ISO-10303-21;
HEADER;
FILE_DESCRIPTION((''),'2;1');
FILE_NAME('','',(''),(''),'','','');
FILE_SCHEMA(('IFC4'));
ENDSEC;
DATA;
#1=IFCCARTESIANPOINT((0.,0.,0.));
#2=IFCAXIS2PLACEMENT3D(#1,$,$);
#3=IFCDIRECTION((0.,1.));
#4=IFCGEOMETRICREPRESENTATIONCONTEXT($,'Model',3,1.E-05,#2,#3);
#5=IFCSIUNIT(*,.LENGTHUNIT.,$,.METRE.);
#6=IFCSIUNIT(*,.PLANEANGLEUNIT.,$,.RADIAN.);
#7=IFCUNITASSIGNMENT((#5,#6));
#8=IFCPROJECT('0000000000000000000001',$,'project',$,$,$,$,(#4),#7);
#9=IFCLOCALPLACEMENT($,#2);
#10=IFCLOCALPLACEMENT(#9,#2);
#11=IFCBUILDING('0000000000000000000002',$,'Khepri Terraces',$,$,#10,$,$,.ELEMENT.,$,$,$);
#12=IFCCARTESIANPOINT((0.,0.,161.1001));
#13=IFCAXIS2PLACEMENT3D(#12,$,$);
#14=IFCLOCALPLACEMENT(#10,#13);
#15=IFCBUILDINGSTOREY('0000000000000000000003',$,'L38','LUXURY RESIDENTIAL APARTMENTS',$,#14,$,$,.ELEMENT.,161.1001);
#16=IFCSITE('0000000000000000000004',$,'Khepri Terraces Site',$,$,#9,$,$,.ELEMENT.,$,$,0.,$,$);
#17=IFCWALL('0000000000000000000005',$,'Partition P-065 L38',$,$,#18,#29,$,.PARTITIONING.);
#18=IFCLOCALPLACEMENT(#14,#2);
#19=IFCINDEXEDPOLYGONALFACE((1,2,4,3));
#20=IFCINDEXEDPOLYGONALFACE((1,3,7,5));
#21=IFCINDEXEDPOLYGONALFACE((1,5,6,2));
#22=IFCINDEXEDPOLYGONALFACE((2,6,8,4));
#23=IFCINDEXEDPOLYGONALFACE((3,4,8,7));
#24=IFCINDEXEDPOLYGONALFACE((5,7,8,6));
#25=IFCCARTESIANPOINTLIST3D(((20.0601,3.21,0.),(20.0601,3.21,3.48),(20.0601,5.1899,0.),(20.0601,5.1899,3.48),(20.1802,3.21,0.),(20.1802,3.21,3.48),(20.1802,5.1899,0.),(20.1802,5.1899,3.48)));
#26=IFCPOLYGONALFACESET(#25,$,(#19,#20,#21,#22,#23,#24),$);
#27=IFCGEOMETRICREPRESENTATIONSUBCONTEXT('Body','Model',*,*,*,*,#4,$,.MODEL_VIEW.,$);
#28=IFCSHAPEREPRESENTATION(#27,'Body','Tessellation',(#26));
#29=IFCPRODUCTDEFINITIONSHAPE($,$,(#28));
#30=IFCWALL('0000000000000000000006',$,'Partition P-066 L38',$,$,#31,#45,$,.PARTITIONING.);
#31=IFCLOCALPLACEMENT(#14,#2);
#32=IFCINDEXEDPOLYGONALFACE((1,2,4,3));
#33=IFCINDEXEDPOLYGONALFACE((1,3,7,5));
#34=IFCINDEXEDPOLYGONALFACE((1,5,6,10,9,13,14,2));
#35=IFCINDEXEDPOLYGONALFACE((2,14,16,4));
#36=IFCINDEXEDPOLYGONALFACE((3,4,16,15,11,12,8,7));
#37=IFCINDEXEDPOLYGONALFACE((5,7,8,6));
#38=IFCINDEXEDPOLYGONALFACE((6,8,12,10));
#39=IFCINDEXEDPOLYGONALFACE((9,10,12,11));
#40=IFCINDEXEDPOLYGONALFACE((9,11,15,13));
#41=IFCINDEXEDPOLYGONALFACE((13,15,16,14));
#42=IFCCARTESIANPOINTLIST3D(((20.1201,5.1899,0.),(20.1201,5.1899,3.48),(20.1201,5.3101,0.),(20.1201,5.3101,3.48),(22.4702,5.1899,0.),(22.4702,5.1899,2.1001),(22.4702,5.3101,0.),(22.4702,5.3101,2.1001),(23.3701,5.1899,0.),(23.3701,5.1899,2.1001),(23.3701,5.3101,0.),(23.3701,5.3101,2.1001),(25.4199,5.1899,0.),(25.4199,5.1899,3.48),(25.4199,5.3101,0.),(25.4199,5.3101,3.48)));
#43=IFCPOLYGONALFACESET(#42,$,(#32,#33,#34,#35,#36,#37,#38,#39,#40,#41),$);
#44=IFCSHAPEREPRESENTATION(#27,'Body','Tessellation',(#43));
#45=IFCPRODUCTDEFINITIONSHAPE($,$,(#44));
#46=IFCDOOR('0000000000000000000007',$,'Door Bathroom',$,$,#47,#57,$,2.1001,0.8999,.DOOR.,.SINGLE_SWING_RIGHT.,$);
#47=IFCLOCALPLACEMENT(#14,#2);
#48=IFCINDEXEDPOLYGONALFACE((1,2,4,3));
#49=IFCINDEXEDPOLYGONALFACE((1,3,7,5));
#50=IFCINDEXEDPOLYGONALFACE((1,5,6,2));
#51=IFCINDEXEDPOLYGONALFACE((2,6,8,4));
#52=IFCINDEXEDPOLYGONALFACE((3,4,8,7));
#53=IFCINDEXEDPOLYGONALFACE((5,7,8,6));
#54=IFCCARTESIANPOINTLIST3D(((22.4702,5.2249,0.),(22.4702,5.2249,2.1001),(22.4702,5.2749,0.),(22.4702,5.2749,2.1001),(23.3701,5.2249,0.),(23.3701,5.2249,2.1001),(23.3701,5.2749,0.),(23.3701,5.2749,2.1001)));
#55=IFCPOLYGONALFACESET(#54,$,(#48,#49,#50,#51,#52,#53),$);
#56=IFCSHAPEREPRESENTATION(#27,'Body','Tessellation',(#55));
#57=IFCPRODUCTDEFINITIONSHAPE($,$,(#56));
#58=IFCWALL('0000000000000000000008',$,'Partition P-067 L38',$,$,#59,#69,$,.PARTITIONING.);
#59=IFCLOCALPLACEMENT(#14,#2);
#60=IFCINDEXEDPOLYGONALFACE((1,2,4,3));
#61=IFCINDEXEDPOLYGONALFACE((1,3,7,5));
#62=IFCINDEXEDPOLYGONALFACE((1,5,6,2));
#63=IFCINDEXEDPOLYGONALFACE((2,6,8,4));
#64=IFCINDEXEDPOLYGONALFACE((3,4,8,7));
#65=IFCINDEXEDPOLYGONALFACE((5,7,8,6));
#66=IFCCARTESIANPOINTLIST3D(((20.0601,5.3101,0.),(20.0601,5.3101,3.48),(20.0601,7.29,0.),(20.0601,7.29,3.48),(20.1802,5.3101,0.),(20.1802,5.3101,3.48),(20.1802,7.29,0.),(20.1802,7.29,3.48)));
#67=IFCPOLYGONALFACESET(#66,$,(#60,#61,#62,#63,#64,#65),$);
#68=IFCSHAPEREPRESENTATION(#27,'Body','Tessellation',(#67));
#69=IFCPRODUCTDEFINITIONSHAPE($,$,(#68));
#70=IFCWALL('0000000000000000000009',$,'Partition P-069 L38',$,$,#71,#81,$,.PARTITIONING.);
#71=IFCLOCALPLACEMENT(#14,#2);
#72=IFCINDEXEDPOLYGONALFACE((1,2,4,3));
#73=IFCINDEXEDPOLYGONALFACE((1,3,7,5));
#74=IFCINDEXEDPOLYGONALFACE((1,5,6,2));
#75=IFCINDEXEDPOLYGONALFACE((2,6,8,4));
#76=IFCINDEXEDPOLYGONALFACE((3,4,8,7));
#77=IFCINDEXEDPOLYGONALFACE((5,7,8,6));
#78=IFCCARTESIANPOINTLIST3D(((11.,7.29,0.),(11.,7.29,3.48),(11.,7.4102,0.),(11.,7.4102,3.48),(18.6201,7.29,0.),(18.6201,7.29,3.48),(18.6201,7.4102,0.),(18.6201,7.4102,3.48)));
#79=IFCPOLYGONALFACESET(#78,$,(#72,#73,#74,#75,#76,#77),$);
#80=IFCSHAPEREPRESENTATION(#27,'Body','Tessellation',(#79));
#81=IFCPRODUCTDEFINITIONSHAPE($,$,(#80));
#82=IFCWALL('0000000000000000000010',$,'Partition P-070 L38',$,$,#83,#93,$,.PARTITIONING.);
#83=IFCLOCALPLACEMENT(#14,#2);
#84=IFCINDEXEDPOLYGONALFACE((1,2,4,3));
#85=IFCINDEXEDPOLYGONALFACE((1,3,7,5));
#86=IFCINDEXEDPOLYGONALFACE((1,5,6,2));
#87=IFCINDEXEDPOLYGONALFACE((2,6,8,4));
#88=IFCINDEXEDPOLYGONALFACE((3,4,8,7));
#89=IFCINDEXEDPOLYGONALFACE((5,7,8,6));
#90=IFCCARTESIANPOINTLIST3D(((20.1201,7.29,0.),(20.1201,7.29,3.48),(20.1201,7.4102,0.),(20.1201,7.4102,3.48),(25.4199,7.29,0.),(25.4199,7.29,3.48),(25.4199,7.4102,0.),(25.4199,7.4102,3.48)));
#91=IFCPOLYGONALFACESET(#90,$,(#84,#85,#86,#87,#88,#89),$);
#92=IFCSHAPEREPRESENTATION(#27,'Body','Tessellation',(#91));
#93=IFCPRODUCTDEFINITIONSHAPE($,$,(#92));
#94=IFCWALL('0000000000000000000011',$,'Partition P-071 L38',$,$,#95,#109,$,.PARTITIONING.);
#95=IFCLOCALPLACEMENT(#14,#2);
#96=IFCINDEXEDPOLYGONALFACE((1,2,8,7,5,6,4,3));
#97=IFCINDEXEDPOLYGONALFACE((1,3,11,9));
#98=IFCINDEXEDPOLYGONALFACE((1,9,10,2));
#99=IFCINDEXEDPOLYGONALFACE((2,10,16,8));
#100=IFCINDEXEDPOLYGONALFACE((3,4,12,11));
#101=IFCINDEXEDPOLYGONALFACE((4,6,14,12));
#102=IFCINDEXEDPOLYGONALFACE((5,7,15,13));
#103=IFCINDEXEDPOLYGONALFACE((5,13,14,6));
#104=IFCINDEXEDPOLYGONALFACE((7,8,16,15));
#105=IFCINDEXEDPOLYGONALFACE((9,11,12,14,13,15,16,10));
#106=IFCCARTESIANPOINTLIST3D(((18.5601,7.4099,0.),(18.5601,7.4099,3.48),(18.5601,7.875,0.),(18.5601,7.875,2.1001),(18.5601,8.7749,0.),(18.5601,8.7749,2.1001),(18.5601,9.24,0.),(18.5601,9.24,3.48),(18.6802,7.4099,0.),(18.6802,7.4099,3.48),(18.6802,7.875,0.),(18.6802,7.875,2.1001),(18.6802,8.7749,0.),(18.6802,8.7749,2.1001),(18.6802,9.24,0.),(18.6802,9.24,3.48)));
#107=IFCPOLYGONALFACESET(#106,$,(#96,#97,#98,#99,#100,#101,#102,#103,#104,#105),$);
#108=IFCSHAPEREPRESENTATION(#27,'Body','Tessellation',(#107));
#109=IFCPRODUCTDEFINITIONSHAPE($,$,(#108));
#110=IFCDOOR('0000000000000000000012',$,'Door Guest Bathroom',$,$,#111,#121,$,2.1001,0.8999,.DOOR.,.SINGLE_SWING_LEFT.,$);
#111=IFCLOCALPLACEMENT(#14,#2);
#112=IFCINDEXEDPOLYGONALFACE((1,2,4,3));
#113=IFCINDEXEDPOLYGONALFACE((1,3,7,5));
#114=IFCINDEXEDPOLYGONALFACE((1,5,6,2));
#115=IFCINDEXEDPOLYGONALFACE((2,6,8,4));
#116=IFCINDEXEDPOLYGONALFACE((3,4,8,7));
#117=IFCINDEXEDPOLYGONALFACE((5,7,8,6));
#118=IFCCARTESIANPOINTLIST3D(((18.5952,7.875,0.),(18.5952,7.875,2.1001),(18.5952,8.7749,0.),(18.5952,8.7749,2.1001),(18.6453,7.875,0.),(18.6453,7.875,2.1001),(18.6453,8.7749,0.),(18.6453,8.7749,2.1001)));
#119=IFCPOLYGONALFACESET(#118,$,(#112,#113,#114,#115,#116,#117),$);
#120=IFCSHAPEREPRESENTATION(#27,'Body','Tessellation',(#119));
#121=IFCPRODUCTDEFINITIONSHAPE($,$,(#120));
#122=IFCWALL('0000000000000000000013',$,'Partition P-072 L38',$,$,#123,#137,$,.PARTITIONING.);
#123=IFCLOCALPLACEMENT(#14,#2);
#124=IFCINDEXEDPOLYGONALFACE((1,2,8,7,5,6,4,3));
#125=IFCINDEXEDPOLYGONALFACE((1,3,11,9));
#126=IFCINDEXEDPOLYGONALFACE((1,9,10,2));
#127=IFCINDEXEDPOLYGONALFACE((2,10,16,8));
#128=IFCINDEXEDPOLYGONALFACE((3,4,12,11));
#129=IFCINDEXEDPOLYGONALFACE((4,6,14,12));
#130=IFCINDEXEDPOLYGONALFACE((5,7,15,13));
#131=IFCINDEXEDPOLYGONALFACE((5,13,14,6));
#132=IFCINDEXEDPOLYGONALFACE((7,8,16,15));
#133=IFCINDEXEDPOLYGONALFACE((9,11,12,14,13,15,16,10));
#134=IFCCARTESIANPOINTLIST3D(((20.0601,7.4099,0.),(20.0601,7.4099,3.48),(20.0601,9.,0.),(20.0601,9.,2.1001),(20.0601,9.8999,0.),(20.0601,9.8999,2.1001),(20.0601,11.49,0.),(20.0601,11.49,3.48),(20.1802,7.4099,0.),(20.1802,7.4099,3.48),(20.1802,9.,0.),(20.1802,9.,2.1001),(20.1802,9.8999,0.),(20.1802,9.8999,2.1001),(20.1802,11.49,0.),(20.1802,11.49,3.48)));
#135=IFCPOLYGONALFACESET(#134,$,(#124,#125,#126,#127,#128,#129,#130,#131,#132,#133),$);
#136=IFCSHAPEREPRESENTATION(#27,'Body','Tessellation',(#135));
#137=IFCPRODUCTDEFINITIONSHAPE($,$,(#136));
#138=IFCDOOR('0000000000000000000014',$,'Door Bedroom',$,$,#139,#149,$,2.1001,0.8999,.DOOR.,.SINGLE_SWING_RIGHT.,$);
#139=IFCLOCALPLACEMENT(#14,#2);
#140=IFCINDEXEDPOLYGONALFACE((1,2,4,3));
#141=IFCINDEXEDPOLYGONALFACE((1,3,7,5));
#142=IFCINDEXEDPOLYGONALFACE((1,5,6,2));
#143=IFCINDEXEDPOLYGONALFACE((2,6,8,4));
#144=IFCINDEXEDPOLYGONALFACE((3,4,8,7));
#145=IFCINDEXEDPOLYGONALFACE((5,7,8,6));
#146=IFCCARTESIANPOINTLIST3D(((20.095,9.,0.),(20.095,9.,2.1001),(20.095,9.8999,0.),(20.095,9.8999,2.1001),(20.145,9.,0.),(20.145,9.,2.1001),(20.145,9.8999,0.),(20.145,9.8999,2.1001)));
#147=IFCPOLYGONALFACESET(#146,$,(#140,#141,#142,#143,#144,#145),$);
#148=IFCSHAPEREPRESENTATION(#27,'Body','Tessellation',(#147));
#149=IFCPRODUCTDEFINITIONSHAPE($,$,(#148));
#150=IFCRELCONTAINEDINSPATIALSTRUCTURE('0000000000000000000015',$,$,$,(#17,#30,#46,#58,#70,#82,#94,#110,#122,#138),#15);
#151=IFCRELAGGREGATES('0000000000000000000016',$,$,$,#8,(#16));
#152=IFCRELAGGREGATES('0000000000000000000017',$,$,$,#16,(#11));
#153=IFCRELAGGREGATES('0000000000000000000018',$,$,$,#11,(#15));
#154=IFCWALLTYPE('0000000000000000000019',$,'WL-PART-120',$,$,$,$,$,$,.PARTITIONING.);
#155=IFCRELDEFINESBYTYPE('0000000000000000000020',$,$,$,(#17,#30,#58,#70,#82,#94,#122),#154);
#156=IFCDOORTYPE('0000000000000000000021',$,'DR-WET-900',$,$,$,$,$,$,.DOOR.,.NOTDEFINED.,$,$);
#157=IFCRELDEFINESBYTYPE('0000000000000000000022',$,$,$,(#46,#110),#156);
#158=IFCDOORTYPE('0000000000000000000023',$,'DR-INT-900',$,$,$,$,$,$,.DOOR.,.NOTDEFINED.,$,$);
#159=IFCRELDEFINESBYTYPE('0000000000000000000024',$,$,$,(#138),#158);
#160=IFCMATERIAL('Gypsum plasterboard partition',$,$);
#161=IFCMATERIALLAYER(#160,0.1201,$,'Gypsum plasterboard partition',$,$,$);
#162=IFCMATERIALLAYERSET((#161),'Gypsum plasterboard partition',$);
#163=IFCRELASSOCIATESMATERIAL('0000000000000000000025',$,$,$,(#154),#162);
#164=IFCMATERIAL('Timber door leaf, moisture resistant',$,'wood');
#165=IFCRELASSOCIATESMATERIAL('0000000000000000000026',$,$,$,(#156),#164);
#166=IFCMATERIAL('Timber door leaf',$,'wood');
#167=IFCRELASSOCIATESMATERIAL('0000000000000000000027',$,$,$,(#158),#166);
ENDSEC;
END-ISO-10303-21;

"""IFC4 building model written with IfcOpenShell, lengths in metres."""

from ifc_helpers import new_model, si_unit, direction, frame, frame_2d, origin, place, context, subcontext, project, spatial, rectangle, extrude, material, layer, layer_set, type_object, element, fill, save


model = new_model("IFC4")

# Units and contexts
model_context = context("Model", 3, precision=1e-05, world=origin(), true_north=direction((0.0, 1.0)))
body_context = subcontext(model_context, "Body", "Model", "MODEL_VIEW")
ifc_project = project(units=[si_unit("LENGTHUNIT", "METRE"), si_unit("PLANEANGLEUNIT", "RADIAN")], contexts=[model_context])

# Site, building, storey
site_placement = place(None, origin())
site = spatial("IfcSite", under=ifc_project, at=site_placement, Name="Khepri Terraces Site", CompositionType="ELEMENT", RefElevation=0.0)
building_placement = place(site_placement, origin())
building = spatial("IfcBuilding", under=site, at=building_placement, Name="Khepri Terraces", CompositionType="ELEMENT")
storey_placement = place(building_placement, frame((0.0, 0.0, 161.1001)))
storey = spatial("IfcBuildingStorey", under=building, at=storey_placement, Name="L38", Description="LUXURY RESIDENTIAL APARTMENTS", CompositionType="ELEMENT", Elevation=161.1001)

# Shared definitions
ifc_material_1 = material(Name="Gypsum plasterboard partition")
ifc_layer_1 = layer(ifc_material_1, 0.1201, Name="Gypsum plasterboard partition")
ifc_layer_set_1 = layer_set([ifc_layer_1], Name="Gypsum plasterboard partition")
wall_type_1 = type_object("IfcWallType", Name="WL-PART-120", PredefinedType="PARTITIONING", material=ifc_layer_set_1)

# Shared definitions
ifc_material_2 = material(Name="Timber door leaf, moisture resistant", Category="wood")
door_type_1 = type_object("IfcDoorType", Name="DR-WET-900", OperationType="NOTDEFINED", PredefinedType="DOOR", material=ifc_material_2)

# Shared definitions
ifc_material_3 = material(Name="Timber door leaf", Category="wood")
door_type_2 = type_object("IfcDoorType", Name="DR-INT-900", OperationType="NOTDEFINED", PredefinedType="DOOR", material=ifc_material_3)

# Wall
wall_1_placement = place(storey_placement, frame((20.1201, 3.21, 0.0), z_axis=(0.0, 0.0, 1.0), x_axis=(0.0, 1.0, 0.0)))
element("IfcWall", 1, at=wall_1_placement, inside=storey, type_object=wall_type_1, Name="Partition P-065 L38", PredefinedType="PARTITIONING", context=body_context, shape_type="SweptSolid", body=[
    extrude(rectangle(XDim=1.98, YDim=0.1201, at=frame_2d((0.99, 0.0))), origin(), (0.0, 0.0, 1.0), 3.48),
])

# Wall, opening, door
wall_2_placement = place(storey_placement, frame((20.1201, 5.25, 0.0), z_axis=(0.0, 0.0, 1.0), x_axis=(1.0, 0.0, 0.0)))
wall_2 = element("IfcWall", 2, at=wall_2_placement, inside=storey, type_object=wall_type_1, Name="Partition P-066 L38", PredefinedType="PARTITIONING", context=body_context, shape_type="SweptSolid", body=[
    extrude(rectangle(XDim=5.2998, YDim=0.1201, at=frame_2d((2.6499, 0.0))), origin(), (0.0, 0.0, 1.0), 3.48),
])
opening_1_placement = place(wall_2_placement, frame((2.3501, 0.0, 0.0)))
opening_1 = element("IfcOpeningElement", 3, at=opening_1_placement, cuts=wall_2, PredefinedType="OPENING", context=body_context, shape_type="SweptSolid", body=[
    extrude(rectangle(XDim=0.8999, YDim=2.1001, at=frame_2d((0.45, 1.05))), frame((0.0, 0.0701, 0.0), z_axis=(0.0, -1.0, 0.0), x_axis=(1.0, 0.0, 0.0)), (0.0, 0.0, 1.0), 0.1401),
])
door_1_placement = place(opening_1_placement, origin())
door_1 = element("IfcDoor", 4, at=door_1_placement, inside=storey, type_object=door_type_1, Name="Door Bathroom", OperationType="SINGLE_SWING_RIGHT", OverallHeight=2.1001, OverallWidth=0.8999, PredefinedType="DOOR", context=body_context, shape_type="SweptSolid", body=[
    extrude(rectangle(XDim=0.8999, YDim=2.1001, at=frame_2d((0.45, 1.05))), frame((0.0, 0.0249, 0.0), z_axis=(0.0, -1.0, 0.0), x_axis=(1.0, 0.0, 0.0)), (0.0, 0.0, 1.0), 0.05),
])
fill(opening_1, door_1)

# Walls
wall_3_placement = place(storey_placement, frame((20.1201, 5.3101, 0.0), z_axis=(0.0, 0.0, 1.0), x_axis=(0.0, 1.0, 0.0)))
element("IfcWall", 5, at=wall_3_placement, inside=storey, type_object=wall_type_1, Name="Partition P-067 L38", PredefinedType="PARTITIONING", context=body_context, shape_type="SweptSolid", body=[
    extrude(rectangle(XDim=1.98, YDim=0.1201, at=frame_2d((0.99, 0.0))), origin(), (0.0, 0.0, 1.0), 3.48),
])
wall_4_placement = place(storey_placement, frame((11.0, 7.3501, 0.0), z_axis=(0.0, 0.0, 1.0), x_axis=(1.0, 0.0, 0.0)))
element("IfcWall", 6, at=wall_4_placement, inside=storey, type_object=wall_type_1, Name="Partition P-069 L38", PredefinedType="PARTITIONING", context=body_context, shape_type="SweptSolid", body=[
    extrude(rectangle(XDim=7.6201, YDim=0.1201, at=frame_2d((3.8101, 0.0))), origin(), (0.0, 0.0, 1.0), 3.48),
])
wall_5_placement = place(storey_placement, frame((20.1201, 7.3501, 0.0), z_axis=(0.0, 0.0, 1.0), x_axis=(1.0, 0.0, 0.0)))
element("IfcWall", 7, at=wall_5_placement, inside=storey, type_object=wall_type_1, Name="Partition P-070 L38", PredefinedType="PARTITIONING", context=body_context, shape_type="SweptSolid", body=[
    extrude(rectangle(XDim=5.2998, YDim=0.1201, at=frame_2d((2.6499, 0.0))), origin(), (0.0, 0.0, 1.0), 3.48),
])

# Walls, openings, doors
wall_6_placement = place(storey_placement, frame((18.6201, 7.4099, 0.0), z_axis=(0.0, 0.0, 1.0), x_axis=(0.0, 1.0, 0.0)))
wall_6 = element("IfcWall", 8, at=wall_6_placement, inside=storey, type_object=wall_type_1, Name="Partition P-071 L38", PredefinedType="PARTITIONING", context=body_context, shape_type="SweptSolid", body=[
    extrude(rectangle(XDim=1.8301, YDim=0.1201, at=frame_2d((0.915, 0.0))), origin(), (0.0, 0.0, 1.0), 3.48),
])
opening_2_placement = place(wall_6_placement, frame((0.4651, 0.0, 0.0)))
opening_2 = element("IfcOpeningElement", 9, at=opening_2_placement, cuts=wall_6, PredefinedType="OPENING", context=body_context, shape_type="SweptSolid", body=[
    extrude(rectangle(XDim=0.8999, YDim=2.1001, at=frame_2d((0.45, 1.05))), frame((0.0, 0.0701, 0.0), z_axis=(0.0, -1.0, 0.0), x_axis=(1.0, 0.0, 0.0)), (0.0, 0.0, 1.0), 0.1401),
])
door_2_placement = place(opening_2_placement, origin())
door_2 = element("IfcDoor", 10, at=door_2_placement, inside=storey, type_object=door_type_1, Name="Door Guest Bathroom", OperationType="SINGLE_SWING_LEFT", OverallHeight=2.1001, OverallWidth=0.8999, PredefinedType="DOOR", context=body_context, shape_type="SweptSolid", body=[
    extrude(rectangle(XDim=0.8999, YDim=2.1001, at=frame_2d((0.45, 1.05))), frame((0.0, 0.0249, 0.0), z_axis=(0.0, -1.0, 0.0), x_axis=(1.0, 0.0, 0.0)), (0.0, 0.0, 1.0), 0.05),
])
fill(opening_2, door_2)
wall_7_placement = place(storey_placement, frame((20.1201, 7.4099, 0.0), z_axis=(0.0, 0.0, 1.0), x_axis=(0.0, 1.0, 0.0)))
wall_7 = element("IfcWall", 11, at=wall_7_placement, inside=storey, type_object=wall_type_1, Name="Partition P-072 L38", PredefinedType="PARTITIONING", context=body_context, shape_type="SweptSolid", body=[
    extrude(rectangle(XDim=4.0801, YDim=0.1201, at=frame_2d((2.04, 0.0))), origin(), (0.0, 0.0, 1.0), 3.48),
])
opening_3_placement = place(wall_7_placement, frame((1.5901, 0.0, 0.0)))
opening_3 = element("IfcOpeningElement", 12, at=opening_3_placement, cuts=wall_7, PredefinedType="OPENING", context=body_context, shape_type="SweptSolid", body=[
    extrude(rectangle(XDim=0.8999, YDim=2.1001, at=frame_2d((0.45, 1.05))), frame((0.0, 0.0701, 0.0), z_axis=(0.0, -1.0, 0.0), x_axis=(1.0, 0.0, 0.0)), (0.0, 0.0, 1.0), 0.1401),
])
door_3_placement = place(opening_3_placement, frame((0.8999, 0.0, 0.0), z_axis=(0.0, 0.0, 1.0), x_axis=(-1.0, 0.0, 0.0)))
door_3 = element("IfcDoor", 13, at=door_3_placement, inside=storey, type_object=door_type_2, Name="Door Bedroom", OperationType="SINGLE_SWING_RIGHT", OverallHeight=2.1001, OverallWidth=0.8999, PredefinedType="DOOR", context=body_context, shape_type="SweptSolid", body=[
    extrude(rectangle(XDim=0.8999, YDim=2.1001, at=frame_2d((0.45, 1.05))), frame((0.0, 0.0249, 0.0), z_axis=(0.0, -1.0, 0.0), x_axis=(1.0, 0.0, 0.0)), (0.0, 0.0, 1.0), 0.05),
])
fill(opening_3, door_3)

save(model, "model.ifc")
